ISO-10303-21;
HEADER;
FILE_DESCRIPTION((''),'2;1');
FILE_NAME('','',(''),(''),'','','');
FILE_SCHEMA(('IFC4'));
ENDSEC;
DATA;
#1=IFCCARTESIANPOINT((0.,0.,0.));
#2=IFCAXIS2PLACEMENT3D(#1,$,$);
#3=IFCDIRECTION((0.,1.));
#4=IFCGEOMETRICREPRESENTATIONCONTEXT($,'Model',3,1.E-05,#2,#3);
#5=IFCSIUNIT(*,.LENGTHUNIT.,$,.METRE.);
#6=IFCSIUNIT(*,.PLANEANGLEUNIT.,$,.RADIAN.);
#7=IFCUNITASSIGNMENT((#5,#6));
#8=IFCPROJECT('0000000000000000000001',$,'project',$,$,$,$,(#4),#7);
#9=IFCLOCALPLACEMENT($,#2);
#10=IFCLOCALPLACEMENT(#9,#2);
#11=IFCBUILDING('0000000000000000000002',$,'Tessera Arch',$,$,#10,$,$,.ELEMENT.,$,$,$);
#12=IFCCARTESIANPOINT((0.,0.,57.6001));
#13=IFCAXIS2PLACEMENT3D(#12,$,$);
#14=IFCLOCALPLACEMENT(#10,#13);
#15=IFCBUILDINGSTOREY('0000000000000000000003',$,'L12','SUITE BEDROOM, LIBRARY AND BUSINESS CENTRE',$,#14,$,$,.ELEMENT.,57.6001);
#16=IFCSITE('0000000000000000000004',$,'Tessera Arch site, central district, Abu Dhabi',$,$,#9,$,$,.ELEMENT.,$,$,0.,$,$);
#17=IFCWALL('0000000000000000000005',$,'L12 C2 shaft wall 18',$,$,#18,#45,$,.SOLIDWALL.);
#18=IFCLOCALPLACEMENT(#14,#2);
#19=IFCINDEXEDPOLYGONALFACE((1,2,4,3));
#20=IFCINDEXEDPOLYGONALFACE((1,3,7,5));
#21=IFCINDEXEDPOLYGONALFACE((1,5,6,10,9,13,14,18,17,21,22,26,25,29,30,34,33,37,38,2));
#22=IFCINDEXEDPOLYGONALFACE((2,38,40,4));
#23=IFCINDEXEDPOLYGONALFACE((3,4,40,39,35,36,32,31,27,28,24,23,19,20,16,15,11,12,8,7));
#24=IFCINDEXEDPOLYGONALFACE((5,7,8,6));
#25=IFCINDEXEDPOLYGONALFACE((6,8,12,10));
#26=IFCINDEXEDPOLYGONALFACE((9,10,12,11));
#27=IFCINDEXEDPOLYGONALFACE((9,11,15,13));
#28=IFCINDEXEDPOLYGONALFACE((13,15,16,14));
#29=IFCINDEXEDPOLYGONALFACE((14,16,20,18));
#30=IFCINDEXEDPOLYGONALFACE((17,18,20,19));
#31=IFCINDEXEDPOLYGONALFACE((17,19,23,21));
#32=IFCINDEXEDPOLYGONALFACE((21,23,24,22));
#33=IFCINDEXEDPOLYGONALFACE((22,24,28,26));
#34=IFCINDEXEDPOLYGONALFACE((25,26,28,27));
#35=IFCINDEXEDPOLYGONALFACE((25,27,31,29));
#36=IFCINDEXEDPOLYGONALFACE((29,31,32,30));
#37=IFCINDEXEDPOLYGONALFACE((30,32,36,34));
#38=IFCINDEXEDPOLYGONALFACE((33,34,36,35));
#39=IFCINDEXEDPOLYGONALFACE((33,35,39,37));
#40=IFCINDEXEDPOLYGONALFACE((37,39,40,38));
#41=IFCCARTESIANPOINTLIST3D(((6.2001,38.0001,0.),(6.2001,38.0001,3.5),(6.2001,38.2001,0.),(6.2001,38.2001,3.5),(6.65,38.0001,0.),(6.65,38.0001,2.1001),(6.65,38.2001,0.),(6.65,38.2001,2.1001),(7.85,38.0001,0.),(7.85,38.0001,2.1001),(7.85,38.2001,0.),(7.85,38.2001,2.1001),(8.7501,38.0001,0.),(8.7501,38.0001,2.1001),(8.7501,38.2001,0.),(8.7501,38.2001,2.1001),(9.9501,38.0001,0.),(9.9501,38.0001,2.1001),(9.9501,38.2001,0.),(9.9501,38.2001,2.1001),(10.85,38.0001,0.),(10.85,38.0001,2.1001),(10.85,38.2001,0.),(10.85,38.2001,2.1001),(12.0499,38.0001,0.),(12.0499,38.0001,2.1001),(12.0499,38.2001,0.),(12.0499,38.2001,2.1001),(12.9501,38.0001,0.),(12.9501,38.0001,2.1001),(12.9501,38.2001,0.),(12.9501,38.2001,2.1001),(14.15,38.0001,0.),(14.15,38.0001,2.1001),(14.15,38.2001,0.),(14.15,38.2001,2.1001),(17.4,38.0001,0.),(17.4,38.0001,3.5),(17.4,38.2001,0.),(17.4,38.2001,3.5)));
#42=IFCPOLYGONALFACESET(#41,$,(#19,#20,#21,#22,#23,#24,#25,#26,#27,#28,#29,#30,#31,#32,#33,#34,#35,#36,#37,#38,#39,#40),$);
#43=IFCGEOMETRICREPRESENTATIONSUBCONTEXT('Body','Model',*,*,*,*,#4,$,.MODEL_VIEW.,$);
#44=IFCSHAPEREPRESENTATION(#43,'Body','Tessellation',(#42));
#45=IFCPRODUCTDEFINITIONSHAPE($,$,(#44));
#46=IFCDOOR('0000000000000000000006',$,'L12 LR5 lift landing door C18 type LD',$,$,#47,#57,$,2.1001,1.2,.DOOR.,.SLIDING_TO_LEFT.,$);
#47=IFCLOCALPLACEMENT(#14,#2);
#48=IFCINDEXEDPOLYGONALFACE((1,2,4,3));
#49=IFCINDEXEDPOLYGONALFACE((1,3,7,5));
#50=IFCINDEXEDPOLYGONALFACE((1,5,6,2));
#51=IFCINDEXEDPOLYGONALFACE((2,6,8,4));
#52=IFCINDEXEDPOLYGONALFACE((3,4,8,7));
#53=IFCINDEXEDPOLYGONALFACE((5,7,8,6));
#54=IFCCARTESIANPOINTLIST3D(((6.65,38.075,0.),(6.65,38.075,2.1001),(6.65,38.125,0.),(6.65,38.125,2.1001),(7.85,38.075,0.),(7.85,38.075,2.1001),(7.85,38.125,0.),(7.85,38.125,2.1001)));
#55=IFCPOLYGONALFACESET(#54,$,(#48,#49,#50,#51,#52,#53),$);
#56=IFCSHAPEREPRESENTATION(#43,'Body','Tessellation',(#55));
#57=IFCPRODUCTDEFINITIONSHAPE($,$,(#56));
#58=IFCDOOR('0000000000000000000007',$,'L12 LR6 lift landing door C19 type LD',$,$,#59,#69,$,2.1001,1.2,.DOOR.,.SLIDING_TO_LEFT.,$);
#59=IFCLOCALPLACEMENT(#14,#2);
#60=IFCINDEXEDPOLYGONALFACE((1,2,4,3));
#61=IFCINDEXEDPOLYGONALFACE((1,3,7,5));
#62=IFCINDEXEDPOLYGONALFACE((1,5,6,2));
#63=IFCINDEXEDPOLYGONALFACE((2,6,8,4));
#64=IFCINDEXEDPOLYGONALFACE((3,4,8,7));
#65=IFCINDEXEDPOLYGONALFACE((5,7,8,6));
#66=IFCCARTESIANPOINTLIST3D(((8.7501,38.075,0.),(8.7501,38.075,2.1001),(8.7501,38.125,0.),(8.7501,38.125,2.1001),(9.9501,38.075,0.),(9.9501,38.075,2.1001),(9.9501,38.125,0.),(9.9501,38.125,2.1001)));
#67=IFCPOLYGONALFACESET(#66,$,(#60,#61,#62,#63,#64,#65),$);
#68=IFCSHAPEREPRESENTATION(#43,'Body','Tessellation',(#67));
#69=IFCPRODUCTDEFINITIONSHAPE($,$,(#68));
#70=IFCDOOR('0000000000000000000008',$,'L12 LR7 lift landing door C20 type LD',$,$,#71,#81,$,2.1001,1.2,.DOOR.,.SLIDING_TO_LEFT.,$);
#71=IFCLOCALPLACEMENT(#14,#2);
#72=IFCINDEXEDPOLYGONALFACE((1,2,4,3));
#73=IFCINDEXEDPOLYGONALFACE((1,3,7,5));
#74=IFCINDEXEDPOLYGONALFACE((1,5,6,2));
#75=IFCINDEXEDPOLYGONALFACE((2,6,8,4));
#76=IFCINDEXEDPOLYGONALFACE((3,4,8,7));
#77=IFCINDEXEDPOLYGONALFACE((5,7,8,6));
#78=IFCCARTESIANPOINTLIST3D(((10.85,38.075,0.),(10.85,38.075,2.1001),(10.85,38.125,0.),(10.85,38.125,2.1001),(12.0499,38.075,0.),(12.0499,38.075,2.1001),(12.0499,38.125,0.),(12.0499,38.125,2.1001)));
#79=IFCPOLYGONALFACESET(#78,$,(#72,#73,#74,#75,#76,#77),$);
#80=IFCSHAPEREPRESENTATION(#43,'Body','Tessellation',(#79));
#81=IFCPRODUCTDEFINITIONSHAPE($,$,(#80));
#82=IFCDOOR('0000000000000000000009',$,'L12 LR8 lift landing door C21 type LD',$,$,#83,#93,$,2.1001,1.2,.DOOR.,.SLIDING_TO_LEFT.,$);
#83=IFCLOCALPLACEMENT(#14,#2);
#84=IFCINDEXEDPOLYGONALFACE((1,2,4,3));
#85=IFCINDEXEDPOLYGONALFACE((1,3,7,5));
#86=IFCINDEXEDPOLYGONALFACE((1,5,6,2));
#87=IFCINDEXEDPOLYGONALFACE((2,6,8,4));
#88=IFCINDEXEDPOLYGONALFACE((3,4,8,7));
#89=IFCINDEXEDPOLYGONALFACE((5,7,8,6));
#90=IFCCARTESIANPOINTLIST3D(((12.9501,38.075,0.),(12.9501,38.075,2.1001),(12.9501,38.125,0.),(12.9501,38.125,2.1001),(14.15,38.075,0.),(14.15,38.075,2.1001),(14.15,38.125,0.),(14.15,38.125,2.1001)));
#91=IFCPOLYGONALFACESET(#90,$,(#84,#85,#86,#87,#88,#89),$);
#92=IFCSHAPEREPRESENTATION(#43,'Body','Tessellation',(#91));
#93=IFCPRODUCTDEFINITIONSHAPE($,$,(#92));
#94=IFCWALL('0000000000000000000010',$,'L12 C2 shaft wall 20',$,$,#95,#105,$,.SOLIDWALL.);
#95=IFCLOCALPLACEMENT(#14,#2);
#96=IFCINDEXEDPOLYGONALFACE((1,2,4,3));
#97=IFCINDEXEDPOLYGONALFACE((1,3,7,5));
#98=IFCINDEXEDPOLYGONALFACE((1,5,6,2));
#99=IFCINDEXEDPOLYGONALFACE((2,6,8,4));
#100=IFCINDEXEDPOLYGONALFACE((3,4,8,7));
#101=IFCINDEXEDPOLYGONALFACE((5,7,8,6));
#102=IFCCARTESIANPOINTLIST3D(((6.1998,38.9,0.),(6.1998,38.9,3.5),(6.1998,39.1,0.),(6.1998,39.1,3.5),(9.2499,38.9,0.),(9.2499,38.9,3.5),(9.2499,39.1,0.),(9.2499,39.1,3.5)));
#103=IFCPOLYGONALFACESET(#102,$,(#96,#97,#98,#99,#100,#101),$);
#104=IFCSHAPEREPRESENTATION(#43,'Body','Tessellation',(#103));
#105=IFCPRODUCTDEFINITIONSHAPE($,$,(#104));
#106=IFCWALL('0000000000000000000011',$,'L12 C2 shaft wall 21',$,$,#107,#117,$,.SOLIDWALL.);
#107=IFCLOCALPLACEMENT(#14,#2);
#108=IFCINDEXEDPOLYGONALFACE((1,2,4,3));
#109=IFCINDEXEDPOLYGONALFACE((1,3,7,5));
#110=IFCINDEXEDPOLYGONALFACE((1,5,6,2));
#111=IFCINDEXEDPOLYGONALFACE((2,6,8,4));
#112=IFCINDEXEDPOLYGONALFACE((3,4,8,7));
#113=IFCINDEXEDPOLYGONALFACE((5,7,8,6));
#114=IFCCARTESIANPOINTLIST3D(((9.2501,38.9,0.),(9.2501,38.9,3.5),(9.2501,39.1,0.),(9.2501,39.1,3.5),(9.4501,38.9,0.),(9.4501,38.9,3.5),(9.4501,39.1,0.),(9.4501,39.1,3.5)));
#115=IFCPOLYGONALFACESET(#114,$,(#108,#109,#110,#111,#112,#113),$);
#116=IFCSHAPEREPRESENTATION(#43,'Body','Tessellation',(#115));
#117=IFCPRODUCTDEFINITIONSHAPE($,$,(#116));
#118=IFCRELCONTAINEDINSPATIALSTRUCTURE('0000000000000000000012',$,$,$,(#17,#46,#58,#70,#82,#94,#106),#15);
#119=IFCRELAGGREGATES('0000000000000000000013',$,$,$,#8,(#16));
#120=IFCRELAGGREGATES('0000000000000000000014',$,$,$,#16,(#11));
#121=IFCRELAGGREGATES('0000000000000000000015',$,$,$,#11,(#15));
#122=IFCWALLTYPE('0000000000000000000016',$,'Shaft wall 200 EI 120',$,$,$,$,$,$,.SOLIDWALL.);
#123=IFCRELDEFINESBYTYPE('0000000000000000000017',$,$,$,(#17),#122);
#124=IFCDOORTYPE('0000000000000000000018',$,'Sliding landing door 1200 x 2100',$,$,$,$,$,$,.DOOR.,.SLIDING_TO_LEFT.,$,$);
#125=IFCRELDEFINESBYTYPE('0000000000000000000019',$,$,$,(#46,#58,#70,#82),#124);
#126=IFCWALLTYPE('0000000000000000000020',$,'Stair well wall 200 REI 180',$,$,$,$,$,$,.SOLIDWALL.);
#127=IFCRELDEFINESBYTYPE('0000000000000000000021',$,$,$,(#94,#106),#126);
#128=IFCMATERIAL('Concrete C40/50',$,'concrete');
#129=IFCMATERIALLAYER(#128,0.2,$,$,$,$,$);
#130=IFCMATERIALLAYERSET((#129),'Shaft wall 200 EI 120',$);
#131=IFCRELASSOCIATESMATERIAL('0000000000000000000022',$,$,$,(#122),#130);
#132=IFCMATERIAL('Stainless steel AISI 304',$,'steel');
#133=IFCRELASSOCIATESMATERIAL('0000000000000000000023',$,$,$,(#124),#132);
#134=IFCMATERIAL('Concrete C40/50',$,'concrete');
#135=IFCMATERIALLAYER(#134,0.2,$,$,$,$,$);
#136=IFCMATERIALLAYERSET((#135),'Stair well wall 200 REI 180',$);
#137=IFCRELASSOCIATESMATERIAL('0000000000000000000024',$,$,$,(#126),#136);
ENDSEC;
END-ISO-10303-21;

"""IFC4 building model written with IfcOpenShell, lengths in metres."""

from ifc_helpers import new_model, si_unit, direction, frame, frame_2d, origin, place, context, subcontext, project, spatial, rectangle, extrude, material, layer, layer_set, type_object, element, fill, save


model = new_model("IFC4")

# Units and contexts
model_context = context("Model", 3, precision=1e-05, world=origin(), true_north=direction((0.0, 1.0)))
body_context = subcontext(model_context, "Body", "Model", "MODEL_VIEW")
ifc_project = project(units=[si_unit("LENGTHUNIT", "METRE"), si_unit("PLANEANGLEUNIT", "RADIAN")], contexts=[model_context])

# Site, building, storey
site_placement = place(None, origin())
site = spatial("IfcSite", under=ifc_project, at=site_placement, Name="Tessera Arch site, central district, Abu Dhabi", CompositionType="ELEMENT", RefElevation=0.0)
building_placement = place(site_placement, origin())
building = spatial("IfcBuilding", under=site, at=building_placement, Name="Tessera Arch", CompositionType="ELEMENT")
storey_placement = place(building_placement, frame((0.0, 0.0, 57.6001)))
storey = spatial("IfcBuildingStorey", under=building, at=storey_placement, Name="L12", Description="SUITE BEDROOM, LIBRARY AND BUSINESS CENTRE", CompositionType="ELEMENT", Elevation=57.6001)

# Shared definitions
ifc_material_1 = material(Name="Concrete C40/50", Category="concrete")
ifc_layer_1 = layer(ifc_material_1, 0.2)
ifc_layer_set_1 = layer_set([ifc_layer_1], Name="Shaft wall 200 EI 120")
wall_type_1 = type_object("IfcWallType", Name="Shaft wall 200 EI 120", PredefinedType="SOLIDWALL", material=ifc_layer_set_1)

# Shared definitions
ifc_material_2 = material(Name="Stainless steel AISI 304", Category="steel")
door_type_1 = type_object("IfcDoorType", Name="Sliding landing door 1200 x 2100", OperationType="SLIDING_TO_LEFT", PredefinedType="DOOR", material=ifc_material_2)

# Wall, openings, doors
wall_1_placement = place(storey_placement, frame((6.2, 38.1001, 0.0), z_axis=(0.0, 0.0, 1.0), x_axis=(1.0, 0.0, 0.0)))
wall_1 = element("IfcWall", 1, at=wall_1_placement, inside=storey, type_object=wall_type_1, Name="L12 C2 shaft wall 18", PredefinedType="SOLIDWALL", context=body_context, shape_type="SweptSolid", body=[
    extrude(rectangle(XDim=11.2, YDim=0.2, at=frame_2d((5.6001, 0.0))), origin(), (0.0, 0.0, 1.0), 3.5),
])
opening_1_placement = place(wall_1_placement, frame((0.45, 0.0, 0.0)))
opening_1 = element("IfcOpeningElement", 2, at=opening_1_placement, cuts=wall_1, PredefinedType="OPENING", context=body_context, shape_type="SweptSolid", body=[
    extrude(rectangle(XDim=1.2, YDim=2.1001, at=frame_2d((0.6001, 1.05))), frame((0.0, 0.1099, 0.0), z_axis=(0.0, -1.0, 0.0), x_axis=(1.0, 0.0, 0.0)), (0.0, 0.0, 1.0), 0.22),
])
opening_2_placement = place(wall_1_placement, frame((2.55, 0.0, 0.0)))
opening_2 = element("IfcOpeningElement", 3, at=opening_2_placement, cuts=wall_1, PredefinedType="OPENING", context=body_context, shape_type="SweptSolid", body=[
    extrude(rectangle(XDim=1.2, YDim=2.1001, at=frame_2d((0.6001, 1.05))), frame((0.0, 0.1099, 0.0), z_axis=(0.0, -1.0, 0.0), x_axis=(1.0, 0.0, 0.0)), (0.0, 0.0, 1.0), 0.22),
])
opening_3_placement = place(wall_1_placement, frame((4.6499, 0.0, 0.0)))
opening_3 = element("IfcOpeningElement", 4, at=opening_3_placement, cuts=wall_1, PredefinedType="OPENING", context=body_context, shape_type="SweptSolid", body=[
    extrude(rectangle(XDim=1.2, YDim=2.1001, at=frame_2d((0.6001, 1.05))), frame((0.0, 0.1099, 0.0), z_axis=(0.0, -1.0, 0.0), x_axis=(1.0, 0.0, 0.0)), (0.0, 0.0, 1.0), 0.22),
])
opening_4_placement = place(wall_1_placement, frame((6.75, 0.0, 0.0)))
opening_4 = element("IfcOpeningElement", 5, at=opening_4_placement, cuts=wall_1, PredefinedType="OPENING", context=body_context, shape_type="SweptSolid", body=[
    extrude(rectangle(XDim=1.2, YDim=2.1001, at=frame_2d((0.6001, 1.05))), frame((0.0, 0.1099, 0.0), z_axis=(0.0, -1.0, 0.0), x_axis=(1.0, 0.0, 0.0)), (0.0, 0.0, 1.0), 0.22),
])
door_1_placement = place(opening_1_placement, origin())
door_1 = element("IfcDoor", 6, at=door_1_placement, inside=storey, type_object=door_type_1, Name="L12 LR5 lift landing door C18 type LD", OperationType="SLIDING_TO_LEFT", OverallHeight=2.1001, OverallWidth=1.2, PredefinedType="DOOR", context=body_context, shape_type="SweptSolid", body=[
    extrude(rectangle(XDim=1.2, YDim=2.1001, at=frame_2d((0.6001, 1.05))), frame((0.0, 0.0249, 0.0), z_axis=(0.0, -1.0, 0.0), x_axis=(1.0, 0.0, 0.0)), (0.0, 0.0, 1.0), 0.05),
])
fill(opening_1, door_1)
door_2_placement = place(opening_2_placement, origin())
door_2 = element("IfcDoor", 7, at=door_2_placement, inside=storey, type_object=door_type_1, Name="L12 LR6 lift landing door C19 type LD", OperationType="SLIDING_TO_LEFT", OverallHeight=2.1001, OverallWidth=1.2, PredefinedType="DOOR", context=body_context, shape_type="SweptSolid", body=[
    extrude(rectangle(XDim=1.2, YDim=2.1001, at=frame_2d((0.6001, 1.05))), frame((0.0, 0.0249, 0.0), z_axis=(0.0, -1.0, 0.0), x_axis=(1.0, 0.0, 0.0)), (0.0, 0.0, 1.0), 0.05),
])
fill(opening_2, door_2)
door_3_placement = place(opening_3_placement, origin())
door_3 = element("IfcDoor", 8, at=door_3_placement, inside=storey, type_object=door_type_1, Name="L12 LR7 lift landing door C20 type LD", OperationType="SLIDING_TO_LEFT", OverallHeight=2.1001, OverallWidth=1.2, PredefinedType="DOOR", context=body_context, shape_type="SweptSolid", body=[
    extrude(rectangle(XDim=1.2, YDim=2.1001, at=frame_2d((0.6001, 1.05))), frame((0.0, 0.0249, 0.0), z_axis=(0.0, -1.0, 0.0), x_axis=(1.0, 0.0, 0.0)), (0.0, 0.0, 1.0), 0.05),
])
fill(opening_3, door_3)
door_4_placement = place(opening_4_placement, origin())
door_4 = element("IfcDoor", 9, at=door_4_placement, inside=storey, type_object=door_type_1, Name="L12 LR8 lift landing door C21 type LD", OperationType="SLIDING_TO_LEFT", OverallHeight=2.1001, OverallWidth=1.2, PredefinedType="DOOR", context=body_context, shape_type="SweptSolid", body=[
    extrude(rectangle(XDim=1.2, YDim=2.1001, at=frame_2d((0.6001, 1.05))), frame((0.0, 0.0249, 0.0), z_axis=(0.0, -1.0, 0.0), x_axis=(1.0, 0.0, 0.0)), (0.0, 0.0, 1.0), 0.05),
])
fill(opening_4, door_4)

# Walls
ifc_material_3 = material(Name="Concrete C40/50", Category="concrete")
ifc_layer_2 = layer(ifc_material_3, 0.2)
ifc_layer_set_2 = layer_set([ifc_layer_2], Name="Stair well wall 200 REI 180")
wall_type_2 = type_object("IfcWallType", Name="Stair well wall 200 REI 180", PredefinedType="SOLIDWALL", material=ifc_layer_set_2)
wall_2_placement = place(storey_placement, frame((6.2, 39.0, 0.0), z_axis=(0.0, 0.0, 1.0), x_axis=(1.0, 0.0, 0.0)))
element("IfcWall", 10, at=wall_2_placement, inside=storey, type_object=wall_type_2, Name="L12 C2 shaft wall 20", PredefinedType="SOLIDWALL", context=body_context, shape_type="SweptSolid", body=[
    extrude(rectangle(XDim=3.05, YDim=0.2, at=frame_2d((1.5249, 0.0))), origin(), (0.0, 0.0, 1.0), 3.5),
])
wall_3_placement = place(storey_placement, frame((9.25, 39.0, 0.0), z_axis=(0.0, 0.0, 1.0), x_axis=(1.0, 0.0, 0.0)))
element("IfcWall", 11, at=wall_3_placement, inside=storey, type_object=wall_type_2, Name="L12 C2 shaft wall 21", PredefinedType="SOLIDWALL", context=body_context, shape_type="SweptSolid", body=[
    extrude(rectangle(XDim=0.2, YDim=0.2, at=frame_2d((0.1001, 0.0))), origin(), (0.0, 0.0, 1.0), 3.5),
])

save(model, "model.ifc")
